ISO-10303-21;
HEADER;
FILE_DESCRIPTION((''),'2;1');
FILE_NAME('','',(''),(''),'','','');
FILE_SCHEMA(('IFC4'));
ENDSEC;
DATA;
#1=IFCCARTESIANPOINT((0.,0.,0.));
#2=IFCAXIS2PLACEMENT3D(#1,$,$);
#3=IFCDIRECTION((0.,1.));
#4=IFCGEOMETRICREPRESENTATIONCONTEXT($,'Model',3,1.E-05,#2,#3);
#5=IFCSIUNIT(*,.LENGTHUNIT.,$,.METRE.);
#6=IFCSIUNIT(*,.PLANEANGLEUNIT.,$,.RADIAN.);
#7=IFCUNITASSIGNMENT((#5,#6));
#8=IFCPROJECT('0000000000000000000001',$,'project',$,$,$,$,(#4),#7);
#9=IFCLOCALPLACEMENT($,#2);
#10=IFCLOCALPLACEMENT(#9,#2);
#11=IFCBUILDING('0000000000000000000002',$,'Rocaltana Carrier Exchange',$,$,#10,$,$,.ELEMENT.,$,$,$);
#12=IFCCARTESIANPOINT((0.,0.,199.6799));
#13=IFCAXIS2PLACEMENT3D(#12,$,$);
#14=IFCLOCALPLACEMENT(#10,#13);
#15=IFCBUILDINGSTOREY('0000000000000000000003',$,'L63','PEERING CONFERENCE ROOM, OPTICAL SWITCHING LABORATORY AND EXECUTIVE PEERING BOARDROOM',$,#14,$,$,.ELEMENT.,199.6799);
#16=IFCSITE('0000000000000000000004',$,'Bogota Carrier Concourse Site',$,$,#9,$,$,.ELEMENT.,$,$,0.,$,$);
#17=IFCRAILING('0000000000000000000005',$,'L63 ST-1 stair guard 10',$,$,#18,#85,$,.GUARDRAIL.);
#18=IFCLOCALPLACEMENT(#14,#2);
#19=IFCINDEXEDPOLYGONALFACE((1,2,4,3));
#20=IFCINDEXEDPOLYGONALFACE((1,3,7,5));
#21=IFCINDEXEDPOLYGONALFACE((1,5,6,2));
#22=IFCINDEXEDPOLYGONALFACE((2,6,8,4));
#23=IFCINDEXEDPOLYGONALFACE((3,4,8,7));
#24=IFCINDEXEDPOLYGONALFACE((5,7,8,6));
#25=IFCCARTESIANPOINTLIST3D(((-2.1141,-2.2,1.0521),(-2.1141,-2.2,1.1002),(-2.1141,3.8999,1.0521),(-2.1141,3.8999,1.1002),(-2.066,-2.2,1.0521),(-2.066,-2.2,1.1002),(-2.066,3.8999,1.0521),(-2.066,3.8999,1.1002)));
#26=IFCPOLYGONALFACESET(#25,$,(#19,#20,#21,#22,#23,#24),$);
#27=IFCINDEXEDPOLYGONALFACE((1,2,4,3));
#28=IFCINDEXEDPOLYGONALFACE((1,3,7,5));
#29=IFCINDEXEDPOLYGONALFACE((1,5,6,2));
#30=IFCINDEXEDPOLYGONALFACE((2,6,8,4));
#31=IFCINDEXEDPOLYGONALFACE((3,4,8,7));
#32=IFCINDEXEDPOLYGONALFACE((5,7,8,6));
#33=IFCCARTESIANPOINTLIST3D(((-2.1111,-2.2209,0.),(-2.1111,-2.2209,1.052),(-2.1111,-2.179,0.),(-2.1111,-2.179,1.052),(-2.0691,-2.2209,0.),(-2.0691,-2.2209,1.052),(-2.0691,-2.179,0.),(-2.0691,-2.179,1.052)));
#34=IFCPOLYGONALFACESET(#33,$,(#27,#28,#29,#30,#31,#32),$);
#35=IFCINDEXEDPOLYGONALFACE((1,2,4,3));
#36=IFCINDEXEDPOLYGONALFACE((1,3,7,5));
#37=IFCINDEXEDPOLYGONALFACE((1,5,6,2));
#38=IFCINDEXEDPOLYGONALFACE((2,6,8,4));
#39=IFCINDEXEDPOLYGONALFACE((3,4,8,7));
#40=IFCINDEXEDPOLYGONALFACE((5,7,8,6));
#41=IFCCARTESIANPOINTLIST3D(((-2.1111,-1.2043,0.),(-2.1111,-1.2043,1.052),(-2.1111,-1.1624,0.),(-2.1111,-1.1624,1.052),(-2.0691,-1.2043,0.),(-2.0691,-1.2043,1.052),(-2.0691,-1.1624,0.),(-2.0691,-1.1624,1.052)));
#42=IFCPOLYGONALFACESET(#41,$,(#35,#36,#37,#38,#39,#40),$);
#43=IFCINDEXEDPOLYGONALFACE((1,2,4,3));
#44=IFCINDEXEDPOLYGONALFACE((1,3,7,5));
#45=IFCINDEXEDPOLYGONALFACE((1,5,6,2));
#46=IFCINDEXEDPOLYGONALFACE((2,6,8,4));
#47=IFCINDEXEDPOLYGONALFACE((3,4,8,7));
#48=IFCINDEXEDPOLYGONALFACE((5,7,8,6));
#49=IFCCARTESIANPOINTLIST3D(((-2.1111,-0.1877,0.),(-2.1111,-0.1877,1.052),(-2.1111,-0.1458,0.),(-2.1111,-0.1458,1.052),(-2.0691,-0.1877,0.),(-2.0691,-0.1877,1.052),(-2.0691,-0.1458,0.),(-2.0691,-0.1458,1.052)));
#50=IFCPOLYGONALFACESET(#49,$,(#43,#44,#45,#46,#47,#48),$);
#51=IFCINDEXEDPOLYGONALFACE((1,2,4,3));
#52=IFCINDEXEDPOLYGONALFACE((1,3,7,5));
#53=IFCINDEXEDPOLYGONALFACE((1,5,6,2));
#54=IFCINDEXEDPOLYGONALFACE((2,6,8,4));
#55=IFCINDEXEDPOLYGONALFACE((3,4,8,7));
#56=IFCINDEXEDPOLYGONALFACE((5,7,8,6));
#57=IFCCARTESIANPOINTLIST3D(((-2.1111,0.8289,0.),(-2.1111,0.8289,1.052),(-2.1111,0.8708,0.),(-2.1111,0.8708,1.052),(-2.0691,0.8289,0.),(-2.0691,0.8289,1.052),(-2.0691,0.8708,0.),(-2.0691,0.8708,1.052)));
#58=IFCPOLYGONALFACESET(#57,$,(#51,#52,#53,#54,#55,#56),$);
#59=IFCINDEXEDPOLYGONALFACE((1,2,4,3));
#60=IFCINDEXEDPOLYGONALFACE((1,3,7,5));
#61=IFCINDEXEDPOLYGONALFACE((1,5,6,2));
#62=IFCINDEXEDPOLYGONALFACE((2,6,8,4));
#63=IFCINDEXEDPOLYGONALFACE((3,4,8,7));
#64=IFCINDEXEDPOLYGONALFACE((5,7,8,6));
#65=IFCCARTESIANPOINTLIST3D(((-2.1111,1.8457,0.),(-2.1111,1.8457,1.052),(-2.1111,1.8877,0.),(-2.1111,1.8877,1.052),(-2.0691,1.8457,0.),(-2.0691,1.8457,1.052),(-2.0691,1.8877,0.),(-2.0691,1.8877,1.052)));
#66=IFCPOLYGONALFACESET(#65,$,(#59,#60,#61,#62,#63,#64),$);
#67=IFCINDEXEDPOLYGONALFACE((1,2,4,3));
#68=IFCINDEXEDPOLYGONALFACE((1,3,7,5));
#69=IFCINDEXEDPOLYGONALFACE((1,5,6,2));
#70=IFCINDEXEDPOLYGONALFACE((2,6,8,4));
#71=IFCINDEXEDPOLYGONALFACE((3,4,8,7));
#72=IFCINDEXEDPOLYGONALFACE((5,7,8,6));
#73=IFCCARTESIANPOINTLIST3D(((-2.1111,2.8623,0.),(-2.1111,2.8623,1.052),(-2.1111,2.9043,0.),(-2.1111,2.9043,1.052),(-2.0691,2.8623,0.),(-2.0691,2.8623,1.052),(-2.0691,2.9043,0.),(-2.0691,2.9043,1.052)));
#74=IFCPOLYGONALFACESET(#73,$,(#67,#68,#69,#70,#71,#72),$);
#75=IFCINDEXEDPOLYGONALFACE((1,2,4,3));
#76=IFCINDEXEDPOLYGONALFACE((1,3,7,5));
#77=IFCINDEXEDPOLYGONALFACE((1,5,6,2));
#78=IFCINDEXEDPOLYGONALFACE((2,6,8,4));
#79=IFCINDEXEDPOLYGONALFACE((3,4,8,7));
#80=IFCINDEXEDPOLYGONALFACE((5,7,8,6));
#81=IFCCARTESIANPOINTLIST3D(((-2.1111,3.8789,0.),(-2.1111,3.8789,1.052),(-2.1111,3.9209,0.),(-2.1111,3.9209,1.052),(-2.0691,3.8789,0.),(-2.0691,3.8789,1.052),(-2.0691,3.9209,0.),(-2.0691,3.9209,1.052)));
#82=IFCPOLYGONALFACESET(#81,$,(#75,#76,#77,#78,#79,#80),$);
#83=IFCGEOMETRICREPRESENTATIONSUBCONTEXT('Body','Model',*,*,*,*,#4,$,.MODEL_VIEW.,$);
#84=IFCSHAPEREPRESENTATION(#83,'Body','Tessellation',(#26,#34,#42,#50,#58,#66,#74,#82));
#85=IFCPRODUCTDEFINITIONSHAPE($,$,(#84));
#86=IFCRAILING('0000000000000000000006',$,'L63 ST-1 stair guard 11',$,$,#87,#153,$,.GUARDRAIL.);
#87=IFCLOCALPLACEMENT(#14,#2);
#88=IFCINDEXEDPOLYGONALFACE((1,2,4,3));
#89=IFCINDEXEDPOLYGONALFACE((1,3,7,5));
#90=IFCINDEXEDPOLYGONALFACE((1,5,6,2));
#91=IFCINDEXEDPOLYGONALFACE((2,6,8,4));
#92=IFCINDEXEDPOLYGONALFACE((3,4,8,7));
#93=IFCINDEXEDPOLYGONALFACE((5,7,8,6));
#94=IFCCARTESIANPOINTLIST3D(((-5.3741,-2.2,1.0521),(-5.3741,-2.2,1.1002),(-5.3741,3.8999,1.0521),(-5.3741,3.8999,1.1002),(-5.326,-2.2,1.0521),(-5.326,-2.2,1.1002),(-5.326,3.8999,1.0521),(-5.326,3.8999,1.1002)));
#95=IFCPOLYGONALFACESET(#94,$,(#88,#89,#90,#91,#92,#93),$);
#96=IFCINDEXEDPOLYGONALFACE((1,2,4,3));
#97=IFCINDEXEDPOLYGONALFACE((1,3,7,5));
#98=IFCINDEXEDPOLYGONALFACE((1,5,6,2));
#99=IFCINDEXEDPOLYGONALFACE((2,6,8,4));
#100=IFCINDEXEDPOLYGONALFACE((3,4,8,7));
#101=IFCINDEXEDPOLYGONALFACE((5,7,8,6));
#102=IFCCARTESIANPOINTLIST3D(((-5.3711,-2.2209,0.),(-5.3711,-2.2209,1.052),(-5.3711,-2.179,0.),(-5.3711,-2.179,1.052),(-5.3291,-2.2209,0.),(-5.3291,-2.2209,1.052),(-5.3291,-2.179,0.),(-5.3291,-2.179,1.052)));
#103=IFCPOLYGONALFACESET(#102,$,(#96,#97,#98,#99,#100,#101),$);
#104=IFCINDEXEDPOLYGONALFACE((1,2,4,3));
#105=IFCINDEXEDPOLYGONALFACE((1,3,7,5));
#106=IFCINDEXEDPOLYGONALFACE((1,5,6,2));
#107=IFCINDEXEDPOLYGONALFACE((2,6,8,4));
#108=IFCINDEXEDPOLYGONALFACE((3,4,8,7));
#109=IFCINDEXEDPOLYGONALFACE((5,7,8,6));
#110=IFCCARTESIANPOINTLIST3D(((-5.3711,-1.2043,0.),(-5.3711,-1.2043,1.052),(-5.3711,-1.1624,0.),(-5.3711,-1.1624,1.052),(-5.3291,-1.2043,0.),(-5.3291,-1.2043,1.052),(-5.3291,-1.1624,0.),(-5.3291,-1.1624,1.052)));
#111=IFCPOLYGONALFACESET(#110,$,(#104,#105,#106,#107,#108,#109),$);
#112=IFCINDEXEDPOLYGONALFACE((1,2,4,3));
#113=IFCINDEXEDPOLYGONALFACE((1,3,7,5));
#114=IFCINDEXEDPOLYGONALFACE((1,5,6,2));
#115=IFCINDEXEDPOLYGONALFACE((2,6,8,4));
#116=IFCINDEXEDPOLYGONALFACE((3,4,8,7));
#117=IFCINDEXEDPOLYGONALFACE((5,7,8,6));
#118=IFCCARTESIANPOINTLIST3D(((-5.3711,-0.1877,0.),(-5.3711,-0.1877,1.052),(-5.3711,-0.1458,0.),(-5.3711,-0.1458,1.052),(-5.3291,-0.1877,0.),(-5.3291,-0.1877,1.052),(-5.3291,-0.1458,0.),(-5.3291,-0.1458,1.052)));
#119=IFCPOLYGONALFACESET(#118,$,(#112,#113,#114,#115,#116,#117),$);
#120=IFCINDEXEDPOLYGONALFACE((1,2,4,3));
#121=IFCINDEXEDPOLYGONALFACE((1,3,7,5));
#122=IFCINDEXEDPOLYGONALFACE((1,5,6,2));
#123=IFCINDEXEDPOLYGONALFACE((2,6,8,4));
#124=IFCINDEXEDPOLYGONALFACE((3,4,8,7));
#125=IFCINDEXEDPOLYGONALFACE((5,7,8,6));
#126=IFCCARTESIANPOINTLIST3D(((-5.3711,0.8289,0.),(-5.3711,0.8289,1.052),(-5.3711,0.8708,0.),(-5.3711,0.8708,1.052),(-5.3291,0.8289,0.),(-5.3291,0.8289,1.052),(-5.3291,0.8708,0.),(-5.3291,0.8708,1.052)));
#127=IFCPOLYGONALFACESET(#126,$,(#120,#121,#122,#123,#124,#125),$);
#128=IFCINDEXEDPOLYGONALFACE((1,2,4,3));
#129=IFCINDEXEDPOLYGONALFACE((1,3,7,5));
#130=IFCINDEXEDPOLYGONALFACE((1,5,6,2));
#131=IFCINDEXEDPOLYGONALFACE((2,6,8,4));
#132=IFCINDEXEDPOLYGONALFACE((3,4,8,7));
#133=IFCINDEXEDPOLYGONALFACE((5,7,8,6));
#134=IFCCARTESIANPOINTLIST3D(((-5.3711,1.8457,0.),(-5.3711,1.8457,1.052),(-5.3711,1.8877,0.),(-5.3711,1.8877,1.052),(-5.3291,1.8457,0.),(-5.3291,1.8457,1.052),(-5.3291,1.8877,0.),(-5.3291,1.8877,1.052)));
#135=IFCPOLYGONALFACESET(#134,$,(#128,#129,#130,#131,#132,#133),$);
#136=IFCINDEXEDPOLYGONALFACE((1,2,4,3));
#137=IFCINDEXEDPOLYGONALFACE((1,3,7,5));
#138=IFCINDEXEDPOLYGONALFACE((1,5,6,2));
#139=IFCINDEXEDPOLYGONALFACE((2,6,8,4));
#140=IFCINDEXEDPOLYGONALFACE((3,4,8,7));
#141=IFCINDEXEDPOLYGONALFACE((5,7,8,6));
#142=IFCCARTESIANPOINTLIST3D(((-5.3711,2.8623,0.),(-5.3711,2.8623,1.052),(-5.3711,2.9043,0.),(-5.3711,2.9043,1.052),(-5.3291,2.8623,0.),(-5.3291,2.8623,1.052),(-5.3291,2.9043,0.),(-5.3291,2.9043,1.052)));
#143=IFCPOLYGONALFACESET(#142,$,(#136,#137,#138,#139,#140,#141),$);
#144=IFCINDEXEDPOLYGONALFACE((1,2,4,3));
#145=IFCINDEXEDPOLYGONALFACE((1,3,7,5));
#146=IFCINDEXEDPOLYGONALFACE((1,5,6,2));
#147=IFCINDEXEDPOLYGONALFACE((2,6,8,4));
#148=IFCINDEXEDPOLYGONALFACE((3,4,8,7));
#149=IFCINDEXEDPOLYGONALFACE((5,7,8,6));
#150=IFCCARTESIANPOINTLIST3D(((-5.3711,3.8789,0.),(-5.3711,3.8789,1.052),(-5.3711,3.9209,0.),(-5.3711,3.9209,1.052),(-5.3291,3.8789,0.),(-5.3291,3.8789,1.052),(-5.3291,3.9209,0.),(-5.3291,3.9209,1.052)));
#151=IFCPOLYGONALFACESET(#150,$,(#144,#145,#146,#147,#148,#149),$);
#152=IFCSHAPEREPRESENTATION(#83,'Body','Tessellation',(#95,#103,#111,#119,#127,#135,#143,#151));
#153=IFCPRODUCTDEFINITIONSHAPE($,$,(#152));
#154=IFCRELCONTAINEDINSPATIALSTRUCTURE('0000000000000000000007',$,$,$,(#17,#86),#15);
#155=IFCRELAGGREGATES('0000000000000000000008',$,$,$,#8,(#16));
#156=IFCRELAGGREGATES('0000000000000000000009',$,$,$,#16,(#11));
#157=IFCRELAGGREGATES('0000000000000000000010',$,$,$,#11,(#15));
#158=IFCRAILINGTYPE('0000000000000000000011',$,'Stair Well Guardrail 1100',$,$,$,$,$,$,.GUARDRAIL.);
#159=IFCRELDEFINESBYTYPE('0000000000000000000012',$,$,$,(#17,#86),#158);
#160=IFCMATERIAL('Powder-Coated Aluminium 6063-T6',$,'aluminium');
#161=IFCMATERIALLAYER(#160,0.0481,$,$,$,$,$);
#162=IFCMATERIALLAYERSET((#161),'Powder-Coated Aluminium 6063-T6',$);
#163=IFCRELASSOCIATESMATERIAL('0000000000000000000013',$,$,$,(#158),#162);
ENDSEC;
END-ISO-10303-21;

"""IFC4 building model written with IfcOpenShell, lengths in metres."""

from ifc_helpers import new_model, si_unit, direction, frame, origin, origin_2d, place, context, subcontext, project, spatial, rectangle, extrude, material, layer, layer_set, type_object, element, save


model = new_model("IFC4")

# Units and contexts
model_context = context("Model", 3, precision=1e-05, world=origin(), true_north=direction((0.0, 1.0)))
body_context = subcontext(model_context, "Body", "Model", "MODEL_VIEW")
ifc_project = project(units=[si_unit("LENGTHUNIT", "METRE"), si_unit("PLANEANGLEUNIT", "RADIAN")], contexts=[model_context])

# Site, building, storey
site_placement = place(None, origin())
site = spatial("IfcSite", under=ifc_project, at=site_placement, Name="Bogota Carrier Concourse Site", CompositionType="ELEMENT", RefElevation=0.0)
building_placement = place(site_placement, origin())
building = spatial("IfcBuilding", under=site, at=building_placement, Name="Rocaltana Carrier Exchange", CompositionType="ELEMENT")
storey_placement = place(building_placement, frame((0.0, 0.0, 199.6799)))
storey = spatial("IfcBuildingStorey", under=building, at=storey_placement, Name="L63", Description="PEERING CONFERENCE ROOM, OPTICAL SWITCHING LABORATORY AND EXECUTIVE PEERING BOARDROOM", CompositionType="ELEMENT", Elevation=199.6799)

# Railings
ifc_material_1 = material(Name="Powder-Coated Aluminium 6063-T6", Category="aluminium")
ifc_layer_1 = layer(ifc_material_1, 0.0481)
ifc_layer_set_1 = layer_set([ifc_layer_1], Name="Powder-Coated Aluminium 6063-T6")
railing_type_1 = type_object("IfcRailingType", Name="Stair Well Guardrail 1100", PredefinedType="GUARDRAIL", material=ifc_layer_set_1)
for number, where, name in (
    (1, (-2.0901, -2.2, 0.0), "L63 ST-1 stair guard 10"),
    (2, (-5.3501, -2.2, 0.0), "L63 ST-1 stair guard 11"),
):
    element("IfcRailing", number, at=place(storey_placement, frame(where)), inside=storey, type_object=railing_type_1, Name=name, PredefinedType="GUARDRAIL", context=body_context, shape_type="SweptSolid", body=[
        extrude(rectangle(XDim=0.0481, YDim=0.0481, at=origin_2d()), frame((0.0, 0.0, 1.0762), z_axis=(0.0, 1.0, 0.0), x_axis=(-1.0, 0.0, 0.0)), (0.0, 0.0, 1.0), 6.0999),
        extrude(rectangle(XDim=0.042, YDim=0.042, at=origin_2d()), origin(), (0.0, 0.0, 1.0), 1.052),
        extrude(rectangle(XDim=0.042, YDim=0.042, at=origin_2d()), frame((0.0, 1.0166, 0.0)), (0.0, 0.0, 1.0), 1.052),
        extrude(rectangle(XDim=0.042, YDim=0.042, at=origin_2d()), frame((0.0, 2.0332, 0.0)), (0.0, 0.0, 1.0), 1.052),
        extrude(rectangle(XDim=0.042, YDim=0.042, at=origin_2d()), frame((0.0, 3.0498, 0.0)), (0.0, 0.0, 1.0), 1.052),
        extrude(rectangle(XDim=0.042, YDim=0.042, at=origin_2d()), frame((0.0, 4.0667, 0.0)), (0.0, 0.0, 1.0), 1.052),
        extrude(rectangle(XDim=0.042, YDim=0.042, at=origin_2d()), frame((0.0, 5.0833, 0.0)), (0.0, 0.0, 1.0), 1.052),
        extrude(rectangle(XDim=0.042, YDim=0.042, at=origin_2d()), frame((0.0, 6.0999, 0.0)), (0.0, 0.0, 1.0), 1.052),
    ])

save(model, "model.ifc")
